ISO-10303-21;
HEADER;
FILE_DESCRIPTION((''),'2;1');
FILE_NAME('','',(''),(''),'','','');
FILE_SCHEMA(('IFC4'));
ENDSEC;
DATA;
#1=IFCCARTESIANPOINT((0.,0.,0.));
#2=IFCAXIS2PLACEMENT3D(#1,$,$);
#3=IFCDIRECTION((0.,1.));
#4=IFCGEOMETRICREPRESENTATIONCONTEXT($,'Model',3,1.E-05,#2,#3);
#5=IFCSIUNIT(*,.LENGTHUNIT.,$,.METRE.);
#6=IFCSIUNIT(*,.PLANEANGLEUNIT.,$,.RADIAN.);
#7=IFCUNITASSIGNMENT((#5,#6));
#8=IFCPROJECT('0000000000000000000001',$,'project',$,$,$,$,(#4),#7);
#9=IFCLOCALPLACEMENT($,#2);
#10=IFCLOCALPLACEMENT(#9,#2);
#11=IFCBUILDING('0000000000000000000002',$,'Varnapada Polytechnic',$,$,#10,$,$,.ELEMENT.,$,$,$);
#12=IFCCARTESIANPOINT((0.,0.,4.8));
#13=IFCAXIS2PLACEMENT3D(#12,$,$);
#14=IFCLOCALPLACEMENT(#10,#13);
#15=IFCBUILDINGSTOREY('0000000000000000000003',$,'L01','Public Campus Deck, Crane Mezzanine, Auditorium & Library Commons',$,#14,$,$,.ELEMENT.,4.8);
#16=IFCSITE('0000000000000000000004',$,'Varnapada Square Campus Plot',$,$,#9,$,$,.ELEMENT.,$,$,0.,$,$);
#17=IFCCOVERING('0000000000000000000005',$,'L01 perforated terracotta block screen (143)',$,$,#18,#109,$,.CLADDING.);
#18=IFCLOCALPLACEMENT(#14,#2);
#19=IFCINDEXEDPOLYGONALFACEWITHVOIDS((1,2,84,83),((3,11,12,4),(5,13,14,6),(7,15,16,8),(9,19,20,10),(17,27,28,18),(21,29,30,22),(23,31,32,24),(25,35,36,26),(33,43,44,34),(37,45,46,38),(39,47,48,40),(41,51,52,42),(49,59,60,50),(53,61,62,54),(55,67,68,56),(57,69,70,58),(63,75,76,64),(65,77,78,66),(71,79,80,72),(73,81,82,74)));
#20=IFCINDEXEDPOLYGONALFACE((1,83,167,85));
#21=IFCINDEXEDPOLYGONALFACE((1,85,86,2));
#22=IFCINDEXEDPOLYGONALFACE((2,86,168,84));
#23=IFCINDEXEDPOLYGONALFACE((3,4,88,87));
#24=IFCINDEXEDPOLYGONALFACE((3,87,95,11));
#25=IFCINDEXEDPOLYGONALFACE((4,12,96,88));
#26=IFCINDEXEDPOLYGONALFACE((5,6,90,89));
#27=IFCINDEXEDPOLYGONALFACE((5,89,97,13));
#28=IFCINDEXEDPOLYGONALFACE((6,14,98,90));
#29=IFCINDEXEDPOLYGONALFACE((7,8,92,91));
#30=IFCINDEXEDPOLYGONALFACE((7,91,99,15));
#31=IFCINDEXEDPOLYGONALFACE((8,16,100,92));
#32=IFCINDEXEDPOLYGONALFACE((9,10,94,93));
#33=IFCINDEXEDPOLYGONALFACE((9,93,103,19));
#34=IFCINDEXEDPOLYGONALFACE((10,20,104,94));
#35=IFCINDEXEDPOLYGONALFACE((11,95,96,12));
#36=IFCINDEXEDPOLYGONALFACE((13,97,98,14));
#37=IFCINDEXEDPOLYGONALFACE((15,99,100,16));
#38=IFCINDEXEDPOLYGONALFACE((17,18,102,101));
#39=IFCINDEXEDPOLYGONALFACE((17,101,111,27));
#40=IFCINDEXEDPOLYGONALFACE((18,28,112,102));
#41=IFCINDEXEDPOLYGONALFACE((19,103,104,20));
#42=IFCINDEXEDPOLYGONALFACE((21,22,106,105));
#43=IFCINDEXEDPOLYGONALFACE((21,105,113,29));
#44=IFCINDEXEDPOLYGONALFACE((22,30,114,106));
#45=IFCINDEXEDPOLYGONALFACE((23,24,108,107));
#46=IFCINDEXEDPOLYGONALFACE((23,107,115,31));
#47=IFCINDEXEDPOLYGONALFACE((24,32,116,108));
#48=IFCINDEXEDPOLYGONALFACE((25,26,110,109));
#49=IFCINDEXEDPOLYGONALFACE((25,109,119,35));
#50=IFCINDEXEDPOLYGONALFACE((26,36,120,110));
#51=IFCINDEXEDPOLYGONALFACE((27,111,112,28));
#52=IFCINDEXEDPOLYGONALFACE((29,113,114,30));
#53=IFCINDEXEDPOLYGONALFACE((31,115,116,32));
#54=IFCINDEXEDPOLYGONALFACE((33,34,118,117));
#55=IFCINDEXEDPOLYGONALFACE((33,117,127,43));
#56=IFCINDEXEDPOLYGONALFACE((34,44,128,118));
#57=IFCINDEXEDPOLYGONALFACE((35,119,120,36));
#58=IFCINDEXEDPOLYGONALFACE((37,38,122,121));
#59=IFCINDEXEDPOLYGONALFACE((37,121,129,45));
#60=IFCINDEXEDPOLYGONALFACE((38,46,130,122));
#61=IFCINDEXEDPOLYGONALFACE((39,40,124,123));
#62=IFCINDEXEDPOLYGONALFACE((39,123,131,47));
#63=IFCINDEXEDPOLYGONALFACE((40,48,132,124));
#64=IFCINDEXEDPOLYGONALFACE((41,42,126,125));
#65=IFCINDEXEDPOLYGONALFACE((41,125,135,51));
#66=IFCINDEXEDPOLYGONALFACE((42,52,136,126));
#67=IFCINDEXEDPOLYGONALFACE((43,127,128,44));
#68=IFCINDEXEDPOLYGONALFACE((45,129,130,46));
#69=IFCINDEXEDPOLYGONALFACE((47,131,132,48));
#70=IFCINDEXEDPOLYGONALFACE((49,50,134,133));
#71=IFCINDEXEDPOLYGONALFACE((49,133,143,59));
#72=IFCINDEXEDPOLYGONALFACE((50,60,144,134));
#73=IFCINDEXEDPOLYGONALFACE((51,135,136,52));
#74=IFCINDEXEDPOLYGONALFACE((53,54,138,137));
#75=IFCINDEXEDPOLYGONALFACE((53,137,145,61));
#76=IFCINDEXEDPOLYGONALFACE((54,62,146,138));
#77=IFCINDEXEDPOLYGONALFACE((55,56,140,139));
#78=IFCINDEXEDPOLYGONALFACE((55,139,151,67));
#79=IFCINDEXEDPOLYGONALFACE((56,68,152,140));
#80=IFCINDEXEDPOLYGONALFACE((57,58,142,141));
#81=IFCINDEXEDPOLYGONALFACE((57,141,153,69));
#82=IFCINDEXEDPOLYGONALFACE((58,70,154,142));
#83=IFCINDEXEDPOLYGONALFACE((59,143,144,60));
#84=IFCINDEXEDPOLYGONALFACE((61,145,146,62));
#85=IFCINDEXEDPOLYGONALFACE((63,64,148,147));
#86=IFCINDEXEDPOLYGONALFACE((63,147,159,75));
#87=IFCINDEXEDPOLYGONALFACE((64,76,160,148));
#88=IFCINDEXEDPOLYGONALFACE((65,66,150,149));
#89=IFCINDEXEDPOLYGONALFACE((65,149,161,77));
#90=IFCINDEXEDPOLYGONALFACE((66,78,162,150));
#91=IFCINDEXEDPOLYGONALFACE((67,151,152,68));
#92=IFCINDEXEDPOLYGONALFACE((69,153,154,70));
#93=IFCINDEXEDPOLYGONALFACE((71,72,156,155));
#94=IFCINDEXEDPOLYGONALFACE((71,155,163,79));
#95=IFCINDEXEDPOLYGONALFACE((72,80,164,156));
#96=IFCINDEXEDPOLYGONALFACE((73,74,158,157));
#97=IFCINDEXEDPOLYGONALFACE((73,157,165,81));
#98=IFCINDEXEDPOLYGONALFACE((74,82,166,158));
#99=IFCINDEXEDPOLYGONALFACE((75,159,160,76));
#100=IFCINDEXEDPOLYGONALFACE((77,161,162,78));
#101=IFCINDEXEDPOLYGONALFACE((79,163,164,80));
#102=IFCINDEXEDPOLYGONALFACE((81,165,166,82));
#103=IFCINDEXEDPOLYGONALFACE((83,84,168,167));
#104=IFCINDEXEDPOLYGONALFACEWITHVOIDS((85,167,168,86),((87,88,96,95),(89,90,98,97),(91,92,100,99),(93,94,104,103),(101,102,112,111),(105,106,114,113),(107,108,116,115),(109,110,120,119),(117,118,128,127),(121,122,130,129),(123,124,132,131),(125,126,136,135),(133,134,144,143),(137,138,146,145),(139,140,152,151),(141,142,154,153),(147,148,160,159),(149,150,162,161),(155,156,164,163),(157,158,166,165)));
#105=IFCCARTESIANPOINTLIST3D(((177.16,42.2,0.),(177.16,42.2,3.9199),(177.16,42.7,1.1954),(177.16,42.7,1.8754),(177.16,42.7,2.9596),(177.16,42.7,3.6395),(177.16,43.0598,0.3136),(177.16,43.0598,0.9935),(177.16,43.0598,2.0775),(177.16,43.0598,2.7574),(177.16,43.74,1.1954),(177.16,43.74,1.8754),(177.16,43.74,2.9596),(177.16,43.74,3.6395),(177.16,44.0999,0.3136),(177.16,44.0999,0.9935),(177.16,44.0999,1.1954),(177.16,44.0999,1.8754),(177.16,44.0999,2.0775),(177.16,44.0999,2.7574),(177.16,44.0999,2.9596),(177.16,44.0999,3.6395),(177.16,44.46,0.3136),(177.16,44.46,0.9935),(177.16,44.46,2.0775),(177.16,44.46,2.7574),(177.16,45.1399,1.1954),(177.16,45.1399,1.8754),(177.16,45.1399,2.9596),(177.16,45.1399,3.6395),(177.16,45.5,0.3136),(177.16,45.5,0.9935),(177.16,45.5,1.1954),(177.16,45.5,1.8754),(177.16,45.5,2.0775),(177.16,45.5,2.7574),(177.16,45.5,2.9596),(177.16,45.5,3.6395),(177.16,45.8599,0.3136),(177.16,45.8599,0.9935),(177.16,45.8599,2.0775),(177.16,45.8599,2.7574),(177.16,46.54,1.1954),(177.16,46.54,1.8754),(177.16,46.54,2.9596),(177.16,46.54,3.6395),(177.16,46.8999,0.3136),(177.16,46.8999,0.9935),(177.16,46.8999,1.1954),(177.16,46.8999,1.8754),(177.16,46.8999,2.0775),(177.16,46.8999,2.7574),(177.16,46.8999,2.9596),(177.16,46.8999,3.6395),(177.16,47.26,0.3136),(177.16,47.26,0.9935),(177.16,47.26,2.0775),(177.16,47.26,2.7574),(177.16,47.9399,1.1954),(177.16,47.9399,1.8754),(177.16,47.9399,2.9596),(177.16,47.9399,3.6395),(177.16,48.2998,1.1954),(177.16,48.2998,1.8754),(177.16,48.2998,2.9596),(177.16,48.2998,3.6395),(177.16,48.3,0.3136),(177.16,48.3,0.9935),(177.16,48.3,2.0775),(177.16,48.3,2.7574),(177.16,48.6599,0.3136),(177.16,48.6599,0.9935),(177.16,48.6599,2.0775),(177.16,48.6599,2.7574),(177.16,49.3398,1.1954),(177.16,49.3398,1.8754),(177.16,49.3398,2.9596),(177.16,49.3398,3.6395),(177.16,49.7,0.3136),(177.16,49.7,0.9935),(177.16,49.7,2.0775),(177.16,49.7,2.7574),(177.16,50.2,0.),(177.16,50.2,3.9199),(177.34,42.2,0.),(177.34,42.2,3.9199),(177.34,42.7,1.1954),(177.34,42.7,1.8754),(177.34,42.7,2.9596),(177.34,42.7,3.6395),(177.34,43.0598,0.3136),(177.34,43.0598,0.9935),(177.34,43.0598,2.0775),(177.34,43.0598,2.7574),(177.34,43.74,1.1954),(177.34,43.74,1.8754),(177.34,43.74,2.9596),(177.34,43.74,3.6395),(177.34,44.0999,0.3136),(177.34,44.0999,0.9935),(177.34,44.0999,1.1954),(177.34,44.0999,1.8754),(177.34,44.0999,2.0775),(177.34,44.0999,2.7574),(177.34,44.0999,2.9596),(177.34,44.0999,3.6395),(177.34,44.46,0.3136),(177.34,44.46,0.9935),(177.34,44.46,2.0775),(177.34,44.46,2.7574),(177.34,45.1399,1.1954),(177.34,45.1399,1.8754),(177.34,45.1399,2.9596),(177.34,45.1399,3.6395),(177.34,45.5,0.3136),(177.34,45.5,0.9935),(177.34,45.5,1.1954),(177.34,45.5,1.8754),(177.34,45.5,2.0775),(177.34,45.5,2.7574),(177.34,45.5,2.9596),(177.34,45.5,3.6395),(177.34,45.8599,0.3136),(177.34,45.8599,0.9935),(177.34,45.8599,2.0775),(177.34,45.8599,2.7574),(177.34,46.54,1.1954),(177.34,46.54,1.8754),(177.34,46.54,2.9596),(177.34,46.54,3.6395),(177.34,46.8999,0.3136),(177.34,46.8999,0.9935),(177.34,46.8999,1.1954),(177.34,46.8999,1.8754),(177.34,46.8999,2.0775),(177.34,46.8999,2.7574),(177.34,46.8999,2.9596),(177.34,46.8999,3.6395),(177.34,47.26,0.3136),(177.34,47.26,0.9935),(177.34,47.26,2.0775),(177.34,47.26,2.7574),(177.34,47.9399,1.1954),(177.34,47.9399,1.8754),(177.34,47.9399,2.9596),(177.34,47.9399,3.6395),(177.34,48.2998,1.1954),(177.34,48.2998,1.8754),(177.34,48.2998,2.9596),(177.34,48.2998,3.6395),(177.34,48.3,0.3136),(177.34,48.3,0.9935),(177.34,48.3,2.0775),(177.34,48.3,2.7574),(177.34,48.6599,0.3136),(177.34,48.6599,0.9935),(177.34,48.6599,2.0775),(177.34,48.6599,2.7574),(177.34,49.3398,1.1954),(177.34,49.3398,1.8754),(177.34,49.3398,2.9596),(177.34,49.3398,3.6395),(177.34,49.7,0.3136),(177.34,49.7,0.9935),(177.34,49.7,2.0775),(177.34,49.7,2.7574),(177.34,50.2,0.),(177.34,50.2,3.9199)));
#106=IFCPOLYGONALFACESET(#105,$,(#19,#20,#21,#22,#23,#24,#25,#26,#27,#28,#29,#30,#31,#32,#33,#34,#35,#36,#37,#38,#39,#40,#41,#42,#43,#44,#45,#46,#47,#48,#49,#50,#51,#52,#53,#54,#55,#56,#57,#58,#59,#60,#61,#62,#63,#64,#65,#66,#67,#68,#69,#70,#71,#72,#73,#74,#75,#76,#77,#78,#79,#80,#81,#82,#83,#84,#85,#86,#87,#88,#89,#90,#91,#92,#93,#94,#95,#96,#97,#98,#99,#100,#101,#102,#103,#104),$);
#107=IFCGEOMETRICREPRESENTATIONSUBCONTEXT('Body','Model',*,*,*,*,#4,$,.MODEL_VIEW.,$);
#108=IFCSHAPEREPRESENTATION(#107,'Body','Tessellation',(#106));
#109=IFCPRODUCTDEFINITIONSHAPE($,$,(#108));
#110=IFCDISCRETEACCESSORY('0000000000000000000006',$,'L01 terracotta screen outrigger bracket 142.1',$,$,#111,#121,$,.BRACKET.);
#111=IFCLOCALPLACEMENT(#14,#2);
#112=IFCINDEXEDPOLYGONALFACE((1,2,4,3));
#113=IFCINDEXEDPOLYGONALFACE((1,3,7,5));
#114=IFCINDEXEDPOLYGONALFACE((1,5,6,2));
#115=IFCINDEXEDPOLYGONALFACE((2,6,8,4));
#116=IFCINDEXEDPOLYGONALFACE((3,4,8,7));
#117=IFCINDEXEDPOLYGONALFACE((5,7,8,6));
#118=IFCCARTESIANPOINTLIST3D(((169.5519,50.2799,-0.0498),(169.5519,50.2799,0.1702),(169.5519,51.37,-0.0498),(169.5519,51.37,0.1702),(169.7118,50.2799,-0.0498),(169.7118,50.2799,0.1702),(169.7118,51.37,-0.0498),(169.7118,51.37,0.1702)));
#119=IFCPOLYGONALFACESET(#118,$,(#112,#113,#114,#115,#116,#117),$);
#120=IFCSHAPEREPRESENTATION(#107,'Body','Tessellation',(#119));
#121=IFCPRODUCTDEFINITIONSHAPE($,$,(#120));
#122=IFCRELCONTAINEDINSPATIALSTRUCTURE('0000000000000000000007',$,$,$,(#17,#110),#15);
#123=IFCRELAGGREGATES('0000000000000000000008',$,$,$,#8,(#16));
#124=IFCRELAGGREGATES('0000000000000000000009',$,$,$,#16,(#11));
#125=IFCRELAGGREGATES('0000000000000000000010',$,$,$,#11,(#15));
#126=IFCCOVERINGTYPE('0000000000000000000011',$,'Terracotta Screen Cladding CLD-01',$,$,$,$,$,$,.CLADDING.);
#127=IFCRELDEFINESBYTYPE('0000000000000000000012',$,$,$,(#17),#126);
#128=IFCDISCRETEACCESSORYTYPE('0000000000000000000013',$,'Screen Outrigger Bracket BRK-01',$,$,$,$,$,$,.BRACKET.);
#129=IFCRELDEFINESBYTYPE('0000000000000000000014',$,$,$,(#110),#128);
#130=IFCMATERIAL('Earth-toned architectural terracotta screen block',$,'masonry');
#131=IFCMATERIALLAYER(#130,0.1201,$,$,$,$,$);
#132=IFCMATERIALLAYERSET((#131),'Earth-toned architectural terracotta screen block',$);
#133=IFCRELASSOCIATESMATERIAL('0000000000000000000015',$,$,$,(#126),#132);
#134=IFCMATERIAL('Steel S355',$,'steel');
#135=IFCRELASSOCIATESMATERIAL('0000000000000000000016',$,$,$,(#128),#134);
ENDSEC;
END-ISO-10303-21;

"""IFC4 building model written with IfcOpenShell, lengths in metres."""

from ifc_helpers import new_model, si_unit, direction, frame, frame_2d, origin, origin_2d, place, context, subcontext, project, spatial, rectangle, extrude, material, layer, layer_set, type_object, element, save


model = new_model("IFC4")

# Units and contexts
model_context = context("Model", 3, precision=1e-05, world=origin(), true_north=direction((0.0, 1.0)))
body_context = subcontext(model_context, "Body", "Model", "MODEL_VIEW")
ifc_project = project(units=[si_unit("LENGTHUNIT", "METRE"), si_unit("PLANEANGLEUNIT", "RADIAN")], contexts=[model_context])

# Site, building, storey
site_placement = place(None, origin())
site = spatial("IfcSite", under=ifc_project, at=site_placement, Name="Varnapada Square Campus Plot", CompositionType="ELEMENT", RefElevation=0.0)
building_placement = place(site_placement, origin())
building = spatial("IfcBuilding", under=site, at=building_placement, Name="Varnapada Polytechnic", CompositionType="ELEMENT")
storey_placement = place(building_placement, frame((0.0, 0.0, 4.8)))
storey = spatial("IfcBuildingStorey", under=building, at=storey_placement, Name="L01", Description="Public Campus Deck, Crane Mezzanine, Auditorium & Library Commons", CompositionType="ELEMENT", Elevation=4.8)

# Shared definitions
ifc_material_1 = material(Name="Steel S355", Category="steel")

# Covering, openings
ifc_material_2 = material(Name="Earth-toned architectural terracotta screen block", Category="masonry")
ifc_layer_1 = layer(ifc_material_2, 0.1201)
ifc_layer_set_1 = layer_set([ifc_layer_1], Name="Earth-toned architectural terracotta screen block")
covering_type = type_object("IfcCoveringType", Name="Terracotta Screen Cladding CLD-01", PredefinedType="CLADDING", material=ifc_layer_set_1)
covering_placement = place(storey_placement, frame((177.25, 50.2, 0.0), z_axis=(0.0, 0.0, 1.0), x_axis=(0.0, -1.0, 0.0)))
covering = element("IfcCovering", 1, at=covering_placement, inside=storey, type_object=covering_type, Name="L01 perforated terracotta block screen (143)", PredefinedType="CLADDING", context=body_context, shape_type="SweptSolid", body=[
    extrude(rectangle(XDim=8.0, YDim=0.1799, at=frame_2d((4.0, 0.0))), origin(), (0.0, 0.0, 1.0), 3.9199),
])
opening_1_placement = place(covering_placement, frame((0.5, 0.0, 0.3137)))
element("IfcOpeningElement", 2, at=opening_1_placement, cuts=covering, PredefinedType="OPENING", context=body_context, shape_type="SweptSolid", body=[
    extrude(rectangle(XDim=1.04, YDim=0.6799, at=frame_2d((0.52, 0.3398))), frame((0.0, 0.0999, 0.0), z_axis=(0.0, -1.0, 0.0), x_axis=(1.0, 0.0, 0.0)), (0.0, 0.0, 1.0), 0.2),
])
opening_2_placement = place(covering_placement, frame((1.8999, 0.0, 0.3137)))
element("IfcOpeningElement", 3, at=opening_2_placement, cuts=covering, PredefinedType="OPENING", context=body_context, shape_type="SweptSolid", body=[
    extrude(rectangle(XDim=1.04, YDim=0.6799, at=frame_2d((0.52, 0.3398))), frame((0.0, 0.0999, 0.0), z_axis=(0.0, -1.0, 0.0), x_axis=(1.0, 0.0, 0.0)), (0.0, 0.0, 1.0), 0.2),
])
opening_3_placement = place(covering_placement, frame((3.3, 0.0, 0.3137)))
element("IfcOpeningElement", 4, at=opening_3_placement, cuts=covering, PredefinedType="OPENING", context=body_context, shape_type="SweptSolid", body=[
    extrude(rectangle(XDim=1.04, YDim=0.6799, at=frame_2d((0.52, 0.3398))), frame((0.0, 0.0999, 0.0), z_axis=(0.0, -1.0, 0.0), x_axis=(1.0, 0.0, 0.0)), (0.0, 0.0, 1.0), 0.2),
])
opening_4_placement = place(covering_placement, frame((4.7, 0.0, 0.3137)))
element("IfcOpeningElement", 5, at=opening_4_placement, cuts=covering, PredefinedType="OPENING", context=body_context, shape_type="SweptSolid", body=[
    extrude(rectangle(XDim=1.04, YDim=0.6799, at=frame_2d((0.52, 0.3398))), frame((0.0, 0.0999, 0.0), z_axis=(0.0, -1.0, 0.0), x_axis=(1.0, 0.0, 0.0)), (0.0, 0.0, 1.0), 0.2),
])
opening_5_placement = place(covering_placement, frame((6.1001, 0.0, 0.3137)))
element("IfcOpeningElement", 6, at=opening_5_placement, cuts=covering, PredefinedType="OPENING", context=body_context, shape_type="SweptSolid", body=[
    extrude(rectangle(XDim=1.04, YDim=0.6799, at=frame_2d((0.52, 0.3398))), frame((0.0, 0.0999, 0.0), z_axis=(0.0, -1.0, 0.0), x_axis=(1.0, 0.0, 0.0)), (0.0, 0.0, 1.0), 0.2),
])
opening_6_placement = place(covering_placement, frame((0.8601, 0.0, 1.1956)))
element("IfcOpeningElement", 7, at=opening_6_placement, cuts=covering, PredefinedType="OPENING", context=body_context, shape_type="SweptSolid", body=[
    extrude(rectangle(XDim=1.04, YDim=0.6799, at=frame_2d((0.52, 0.3398))), frame((0.0, 0.0999, 0.0), z_axis=(0.0, -1.0, 0.0), x_axis=(1.0, 0.0, 0.0)), (0.0, 0.0, 1.0), 0.2),
])
opening_7_placement = place(covering_placement, frame((2.26, 0.0, 1.1956)))
element("IfcOpeningElement", 8, at=opening_7_placement, cuts=covering, PredefinedType="OPENING", context=body_context, shape_type="SweptSolid", body=[
    extrude(rectangle(XDim=1.04, YDim=0.6799, at=frame_2d((0.52, 0.3398))), frame((0.0, 0.0999, 0.0), z_axis=(0.0, -1.0, 0.0), x_axis=(1.0, 0.0, 0.0)), (0.0, 0.0, 1.0), 0.2),
])
opening_8_placement = place(covering_placement, frame((3.6599, 0.0, 1.1956)))
element("IfcOpeningElement", 9, at=opening_8_placement, cuts=covering, PredefinedType="OPENING", context=body_context, shape_type="SweptSolid", body=[
    extrude(rectangle(XDim=1.04, YDim=0.6799, at=frame_2d((0.52, 0.3398))), frame((0.0, 0.0999, 0.0), z_axis=(0.0, -1.0, 0.0), x_axis=(1.0, 0.0, 0.0)), (0.0, 0.0, 1.0), 0.2),
])
opening_9_placement = place(covering_placement, frame((5.0601, 0.0, 1.1956)))
element("IfcOpeningElement", 10, at=opening_9_placement, cuts=covering, PredefinedType="OPENING", context=body_context, shape_type="SweptSolid", body=[
    extrude(rectangle(XDim=1.04, YDim=0.6799, at=frame_2d((0.52, 0.3398))), frame((0.0, 0.0999, 0.0), z_axis=(0.0, -1.0, 0.0), x_axis=(1.0, 0.0, 0.0)), (0.0, 0.0, 1.0), 0.2),
])
opening_10_placement = place(covering_placement, frame((6.46, 0.0, 1.1956)))
element("IfcOpeningElement", 11, at=opening_10_placement, cuts=covering, PredefinedType="OPENING", context=body_context, shape_type="SweptSolid", body=[
    extrude(rectangle(XDim=1.04, YDim=0.6799, at=frame_2d((0.52, 0.3398))), frame((0.0, 0.0999, 0.0), z_axis=(0.0, -1.0, 0.0), x_axis=(1.0, 0.0, 0.0)), (0.0, 0.0, 1.0), 0.2),
])
opening_11_placement = place(covering_placement, frame((0.5, 0.0, 2.0776)))
element("IfcOpeningElement", 12, at=opening_11_placement, cuts=covering, PredefinedType="OPENING", context=body_context, shape_type="SweptSolid", body=[
    extrude(rectangle(XDim=1.04, YDim=0.6799, at=frame_2d((0.52, 0.3398))), frame((0.0, 0.0999, 0.0), z_axis=(0.0, -1.0, 0.0), x_axis=(1.0, 0.0, 0.0)), (0.0, 0.0, 1.0), 0.2),
])
opening_12_placement = place(covering_placement, frame((1.8999, 0.0, 2.0776)))
element("IfcOpeningElement", 13, at=opening_12_placement, cuts=covering, PredefinedType="OPENING", context=body_context, shape_type="SweptSolid", body=[
    extrude(rectangle(XDim=1.04, YDim=0.6799, at=frame_2d((0.52, 0.3398))), frame((0.0, 0.0999, 0.0), z_axis=(0.0, -1.0, 0.0), x_axis=(1.0, 0.0, 0.0)), (0.0, 0.0, 1.0), 0.2),
])
opening_13_placement = place(covering_placement, frame((3.3, 0.0, 2.0776)))
element("IfcOpeningElement", 14, at=opening_13_placement, cuts=covering, PredefinedType="OPENING", context=body_context, shape_type="SweptSolid", body=[
    extrude(rectangle(XDim=1.04, YDim=0.6799, at=frame_2d((0.52, 0.3398))), frame((0.0, 0.0999, 0.0), z_axis=(0.0, -1.0, 0.0), x_axis=(1.0, 0.0, 0.0)), (0.0, 0.0, 1.0), 0.2),
])
opening_14_placement = place(covering_placement, frame((4.7, 0.0, 2.0776)))
element("IfcOpeningElement", 15, at=opening_14_placement, cuts=covering, PredefinedType="OPENING", context=body_context, shape_type="SweptSolid", body=[
    extrude(rectangle(XDim=1.04, YDim=0.6799, at=frame_2d((0.52, 0.3398))), frame((0.0, 0.0999, 0.0), z_axis=(0.0, -1.0, 0.0), x_axis=(1.0, 0.0, 0.0)), (0.0, 0.0, 1.0), 0.2),
])
opening_15_placement = place(covering_placement, frame((6.1001, 0.0, 2.0776)))
element("IfcOpeningElement", 16, at=opening_15_placement, cuts=covering, PredefinedType="OPENING", context=body_context, shape_type="SweptSolid", body=[
    extrude(rectangle(XDim=1.04, YDim=0.6799, at=frame_2d((0.52, 0.3398))), frame((0.0, 0.0999, 0.0), z_axis=(0.0, -1.0, 0.0), x_axis=(1.0, 0.0, 0.0)), (0.0, 0.0, 1.0), 0.2),
])
opening_16_placement = place(covering_placement, frame((0.8601, 0.0, 2.9597)))
element("IfcOpeningElement", 17, at=opening_16_placement, cuts=covering, PredefinedType="OPENING", context=body_context, shape_type="SweptSolid", body=[
    extrude(rectangle(XDim=1.04, YDim=0.6799, at=frame_2d((0.52, 0.3398))), frame((0.0, 0.0999, 0.0), z_axis=(0.0, -1.0, 0.0), x_axis=(1.0, 0.0, 0.0)), (0.0, 0.0, 1.0), 0.2),
])
opening_17_placement = place(covering_placement, frame((2.26, 0.0, 2.9597)))
element("IfcOpeningElement", 18, at=opening_17_placement, cuts=covering, PredefinedType="OPENING", context=body_context, shape_type="SweptSolid", body=[
    extrude(rectangle(XDim=1.04, YDim=0.6799, at=frame_2d((0.52, 0.3398))), frame((0.0, 0.0999, 0.0), z_axis=(0.0, -1.0, 0.0), x_axis=(1.0, 0.0, 0.0)), (0.0, 0.0, 1.0), 0.2),
])
opening_18_placement = place(covering_placement, frame((3.6599, 0.0, 2.9597)))
element("IfcOpeningElement", 19, at=opening_18_placement, cuts=covering, PredefinedType="OPENING", context=body_context, shape_type="SweptSolid", body=[
    extrude(rectangle(XDim=1.04, YDim=0.6799, at=frame_2d((0.52, 0.3398))), frame((0.0, 0.0999, 0.0), z_axis=(0.0, -1.0, 0.0), x_axis=(1.0, 0.0, 0.0)), (0.0, 0.0, 1.0), 0.2),
])
opening_19_placement = place(covering_placement, frame((5.0601, 0.0, 2.9597)))
element("IfcOpeningElement", 20, at=opening_19_placement, cuts=covering, PredefinedType="OPENING", context=body_context, shape_type="SweptSolid", body=[
    extrude(rectangle(XDim=1.04, YDim=0.6799, at=frame_2d((0.52, 0.3398))), frame((0.0, 0.0999, 0.0), z_axis=(0.0, -1.0, 0.0), x_axis=(1.0, 0.0, 0.0)), (0.0, 0.0, 1.0), 0.2),
])
opening_20_placement = place(covering_placement, frame((6.46, 0.0, 2.9597)))
element("IfcOpeningElement", 21, at=opening_20_placement, cuts=covering, PredefinedType="OPENING", context=body_context, shape_type="SweptSolid", body=[
    extrude(rectangle(XDim=1.04, YDim=0.6799, at=frame_2d((0.52, 0.3398))), frame((0.0, 0.0999, 0.0), z_axis=(0.0, -1.0, 0.0), x_axis=(1.0, 0.0, 0.0)), (0.0, 0.0, 1.0), 0.2),
])

# Discrete accessory
discrete_accessory_type = type_object("IfcDiscreteAccessoryType", Name="Screen Outrigger Bracket BRK-01", PredefinedType="BRACKET", material=ifc_material_1)
discrete_accessory_placement = place(storey_placement, frame((169.6318, 50.825, -0.0498), z_axis=(0.0, 0.0, 1.0), x_axis=(1.0, 0.0, 0.0)))
element("IfcDiscreteAccessory", 22, at=discrete_accessory_placement, inside=storey, type_object=discrete_accessory_type, Name="L01 terracotta screen outrigger bracket 142.1", PredefinedType="BRACKET", context=body_context, shape_type="SweptSolid", body=[
    extrude(rectangle(XDim=0.1599, YDim=1.0901, at=origin_2d()), origin(), (0.0, 0.0, 1.0), 0.22),
])

save(model, "model.ifc")
